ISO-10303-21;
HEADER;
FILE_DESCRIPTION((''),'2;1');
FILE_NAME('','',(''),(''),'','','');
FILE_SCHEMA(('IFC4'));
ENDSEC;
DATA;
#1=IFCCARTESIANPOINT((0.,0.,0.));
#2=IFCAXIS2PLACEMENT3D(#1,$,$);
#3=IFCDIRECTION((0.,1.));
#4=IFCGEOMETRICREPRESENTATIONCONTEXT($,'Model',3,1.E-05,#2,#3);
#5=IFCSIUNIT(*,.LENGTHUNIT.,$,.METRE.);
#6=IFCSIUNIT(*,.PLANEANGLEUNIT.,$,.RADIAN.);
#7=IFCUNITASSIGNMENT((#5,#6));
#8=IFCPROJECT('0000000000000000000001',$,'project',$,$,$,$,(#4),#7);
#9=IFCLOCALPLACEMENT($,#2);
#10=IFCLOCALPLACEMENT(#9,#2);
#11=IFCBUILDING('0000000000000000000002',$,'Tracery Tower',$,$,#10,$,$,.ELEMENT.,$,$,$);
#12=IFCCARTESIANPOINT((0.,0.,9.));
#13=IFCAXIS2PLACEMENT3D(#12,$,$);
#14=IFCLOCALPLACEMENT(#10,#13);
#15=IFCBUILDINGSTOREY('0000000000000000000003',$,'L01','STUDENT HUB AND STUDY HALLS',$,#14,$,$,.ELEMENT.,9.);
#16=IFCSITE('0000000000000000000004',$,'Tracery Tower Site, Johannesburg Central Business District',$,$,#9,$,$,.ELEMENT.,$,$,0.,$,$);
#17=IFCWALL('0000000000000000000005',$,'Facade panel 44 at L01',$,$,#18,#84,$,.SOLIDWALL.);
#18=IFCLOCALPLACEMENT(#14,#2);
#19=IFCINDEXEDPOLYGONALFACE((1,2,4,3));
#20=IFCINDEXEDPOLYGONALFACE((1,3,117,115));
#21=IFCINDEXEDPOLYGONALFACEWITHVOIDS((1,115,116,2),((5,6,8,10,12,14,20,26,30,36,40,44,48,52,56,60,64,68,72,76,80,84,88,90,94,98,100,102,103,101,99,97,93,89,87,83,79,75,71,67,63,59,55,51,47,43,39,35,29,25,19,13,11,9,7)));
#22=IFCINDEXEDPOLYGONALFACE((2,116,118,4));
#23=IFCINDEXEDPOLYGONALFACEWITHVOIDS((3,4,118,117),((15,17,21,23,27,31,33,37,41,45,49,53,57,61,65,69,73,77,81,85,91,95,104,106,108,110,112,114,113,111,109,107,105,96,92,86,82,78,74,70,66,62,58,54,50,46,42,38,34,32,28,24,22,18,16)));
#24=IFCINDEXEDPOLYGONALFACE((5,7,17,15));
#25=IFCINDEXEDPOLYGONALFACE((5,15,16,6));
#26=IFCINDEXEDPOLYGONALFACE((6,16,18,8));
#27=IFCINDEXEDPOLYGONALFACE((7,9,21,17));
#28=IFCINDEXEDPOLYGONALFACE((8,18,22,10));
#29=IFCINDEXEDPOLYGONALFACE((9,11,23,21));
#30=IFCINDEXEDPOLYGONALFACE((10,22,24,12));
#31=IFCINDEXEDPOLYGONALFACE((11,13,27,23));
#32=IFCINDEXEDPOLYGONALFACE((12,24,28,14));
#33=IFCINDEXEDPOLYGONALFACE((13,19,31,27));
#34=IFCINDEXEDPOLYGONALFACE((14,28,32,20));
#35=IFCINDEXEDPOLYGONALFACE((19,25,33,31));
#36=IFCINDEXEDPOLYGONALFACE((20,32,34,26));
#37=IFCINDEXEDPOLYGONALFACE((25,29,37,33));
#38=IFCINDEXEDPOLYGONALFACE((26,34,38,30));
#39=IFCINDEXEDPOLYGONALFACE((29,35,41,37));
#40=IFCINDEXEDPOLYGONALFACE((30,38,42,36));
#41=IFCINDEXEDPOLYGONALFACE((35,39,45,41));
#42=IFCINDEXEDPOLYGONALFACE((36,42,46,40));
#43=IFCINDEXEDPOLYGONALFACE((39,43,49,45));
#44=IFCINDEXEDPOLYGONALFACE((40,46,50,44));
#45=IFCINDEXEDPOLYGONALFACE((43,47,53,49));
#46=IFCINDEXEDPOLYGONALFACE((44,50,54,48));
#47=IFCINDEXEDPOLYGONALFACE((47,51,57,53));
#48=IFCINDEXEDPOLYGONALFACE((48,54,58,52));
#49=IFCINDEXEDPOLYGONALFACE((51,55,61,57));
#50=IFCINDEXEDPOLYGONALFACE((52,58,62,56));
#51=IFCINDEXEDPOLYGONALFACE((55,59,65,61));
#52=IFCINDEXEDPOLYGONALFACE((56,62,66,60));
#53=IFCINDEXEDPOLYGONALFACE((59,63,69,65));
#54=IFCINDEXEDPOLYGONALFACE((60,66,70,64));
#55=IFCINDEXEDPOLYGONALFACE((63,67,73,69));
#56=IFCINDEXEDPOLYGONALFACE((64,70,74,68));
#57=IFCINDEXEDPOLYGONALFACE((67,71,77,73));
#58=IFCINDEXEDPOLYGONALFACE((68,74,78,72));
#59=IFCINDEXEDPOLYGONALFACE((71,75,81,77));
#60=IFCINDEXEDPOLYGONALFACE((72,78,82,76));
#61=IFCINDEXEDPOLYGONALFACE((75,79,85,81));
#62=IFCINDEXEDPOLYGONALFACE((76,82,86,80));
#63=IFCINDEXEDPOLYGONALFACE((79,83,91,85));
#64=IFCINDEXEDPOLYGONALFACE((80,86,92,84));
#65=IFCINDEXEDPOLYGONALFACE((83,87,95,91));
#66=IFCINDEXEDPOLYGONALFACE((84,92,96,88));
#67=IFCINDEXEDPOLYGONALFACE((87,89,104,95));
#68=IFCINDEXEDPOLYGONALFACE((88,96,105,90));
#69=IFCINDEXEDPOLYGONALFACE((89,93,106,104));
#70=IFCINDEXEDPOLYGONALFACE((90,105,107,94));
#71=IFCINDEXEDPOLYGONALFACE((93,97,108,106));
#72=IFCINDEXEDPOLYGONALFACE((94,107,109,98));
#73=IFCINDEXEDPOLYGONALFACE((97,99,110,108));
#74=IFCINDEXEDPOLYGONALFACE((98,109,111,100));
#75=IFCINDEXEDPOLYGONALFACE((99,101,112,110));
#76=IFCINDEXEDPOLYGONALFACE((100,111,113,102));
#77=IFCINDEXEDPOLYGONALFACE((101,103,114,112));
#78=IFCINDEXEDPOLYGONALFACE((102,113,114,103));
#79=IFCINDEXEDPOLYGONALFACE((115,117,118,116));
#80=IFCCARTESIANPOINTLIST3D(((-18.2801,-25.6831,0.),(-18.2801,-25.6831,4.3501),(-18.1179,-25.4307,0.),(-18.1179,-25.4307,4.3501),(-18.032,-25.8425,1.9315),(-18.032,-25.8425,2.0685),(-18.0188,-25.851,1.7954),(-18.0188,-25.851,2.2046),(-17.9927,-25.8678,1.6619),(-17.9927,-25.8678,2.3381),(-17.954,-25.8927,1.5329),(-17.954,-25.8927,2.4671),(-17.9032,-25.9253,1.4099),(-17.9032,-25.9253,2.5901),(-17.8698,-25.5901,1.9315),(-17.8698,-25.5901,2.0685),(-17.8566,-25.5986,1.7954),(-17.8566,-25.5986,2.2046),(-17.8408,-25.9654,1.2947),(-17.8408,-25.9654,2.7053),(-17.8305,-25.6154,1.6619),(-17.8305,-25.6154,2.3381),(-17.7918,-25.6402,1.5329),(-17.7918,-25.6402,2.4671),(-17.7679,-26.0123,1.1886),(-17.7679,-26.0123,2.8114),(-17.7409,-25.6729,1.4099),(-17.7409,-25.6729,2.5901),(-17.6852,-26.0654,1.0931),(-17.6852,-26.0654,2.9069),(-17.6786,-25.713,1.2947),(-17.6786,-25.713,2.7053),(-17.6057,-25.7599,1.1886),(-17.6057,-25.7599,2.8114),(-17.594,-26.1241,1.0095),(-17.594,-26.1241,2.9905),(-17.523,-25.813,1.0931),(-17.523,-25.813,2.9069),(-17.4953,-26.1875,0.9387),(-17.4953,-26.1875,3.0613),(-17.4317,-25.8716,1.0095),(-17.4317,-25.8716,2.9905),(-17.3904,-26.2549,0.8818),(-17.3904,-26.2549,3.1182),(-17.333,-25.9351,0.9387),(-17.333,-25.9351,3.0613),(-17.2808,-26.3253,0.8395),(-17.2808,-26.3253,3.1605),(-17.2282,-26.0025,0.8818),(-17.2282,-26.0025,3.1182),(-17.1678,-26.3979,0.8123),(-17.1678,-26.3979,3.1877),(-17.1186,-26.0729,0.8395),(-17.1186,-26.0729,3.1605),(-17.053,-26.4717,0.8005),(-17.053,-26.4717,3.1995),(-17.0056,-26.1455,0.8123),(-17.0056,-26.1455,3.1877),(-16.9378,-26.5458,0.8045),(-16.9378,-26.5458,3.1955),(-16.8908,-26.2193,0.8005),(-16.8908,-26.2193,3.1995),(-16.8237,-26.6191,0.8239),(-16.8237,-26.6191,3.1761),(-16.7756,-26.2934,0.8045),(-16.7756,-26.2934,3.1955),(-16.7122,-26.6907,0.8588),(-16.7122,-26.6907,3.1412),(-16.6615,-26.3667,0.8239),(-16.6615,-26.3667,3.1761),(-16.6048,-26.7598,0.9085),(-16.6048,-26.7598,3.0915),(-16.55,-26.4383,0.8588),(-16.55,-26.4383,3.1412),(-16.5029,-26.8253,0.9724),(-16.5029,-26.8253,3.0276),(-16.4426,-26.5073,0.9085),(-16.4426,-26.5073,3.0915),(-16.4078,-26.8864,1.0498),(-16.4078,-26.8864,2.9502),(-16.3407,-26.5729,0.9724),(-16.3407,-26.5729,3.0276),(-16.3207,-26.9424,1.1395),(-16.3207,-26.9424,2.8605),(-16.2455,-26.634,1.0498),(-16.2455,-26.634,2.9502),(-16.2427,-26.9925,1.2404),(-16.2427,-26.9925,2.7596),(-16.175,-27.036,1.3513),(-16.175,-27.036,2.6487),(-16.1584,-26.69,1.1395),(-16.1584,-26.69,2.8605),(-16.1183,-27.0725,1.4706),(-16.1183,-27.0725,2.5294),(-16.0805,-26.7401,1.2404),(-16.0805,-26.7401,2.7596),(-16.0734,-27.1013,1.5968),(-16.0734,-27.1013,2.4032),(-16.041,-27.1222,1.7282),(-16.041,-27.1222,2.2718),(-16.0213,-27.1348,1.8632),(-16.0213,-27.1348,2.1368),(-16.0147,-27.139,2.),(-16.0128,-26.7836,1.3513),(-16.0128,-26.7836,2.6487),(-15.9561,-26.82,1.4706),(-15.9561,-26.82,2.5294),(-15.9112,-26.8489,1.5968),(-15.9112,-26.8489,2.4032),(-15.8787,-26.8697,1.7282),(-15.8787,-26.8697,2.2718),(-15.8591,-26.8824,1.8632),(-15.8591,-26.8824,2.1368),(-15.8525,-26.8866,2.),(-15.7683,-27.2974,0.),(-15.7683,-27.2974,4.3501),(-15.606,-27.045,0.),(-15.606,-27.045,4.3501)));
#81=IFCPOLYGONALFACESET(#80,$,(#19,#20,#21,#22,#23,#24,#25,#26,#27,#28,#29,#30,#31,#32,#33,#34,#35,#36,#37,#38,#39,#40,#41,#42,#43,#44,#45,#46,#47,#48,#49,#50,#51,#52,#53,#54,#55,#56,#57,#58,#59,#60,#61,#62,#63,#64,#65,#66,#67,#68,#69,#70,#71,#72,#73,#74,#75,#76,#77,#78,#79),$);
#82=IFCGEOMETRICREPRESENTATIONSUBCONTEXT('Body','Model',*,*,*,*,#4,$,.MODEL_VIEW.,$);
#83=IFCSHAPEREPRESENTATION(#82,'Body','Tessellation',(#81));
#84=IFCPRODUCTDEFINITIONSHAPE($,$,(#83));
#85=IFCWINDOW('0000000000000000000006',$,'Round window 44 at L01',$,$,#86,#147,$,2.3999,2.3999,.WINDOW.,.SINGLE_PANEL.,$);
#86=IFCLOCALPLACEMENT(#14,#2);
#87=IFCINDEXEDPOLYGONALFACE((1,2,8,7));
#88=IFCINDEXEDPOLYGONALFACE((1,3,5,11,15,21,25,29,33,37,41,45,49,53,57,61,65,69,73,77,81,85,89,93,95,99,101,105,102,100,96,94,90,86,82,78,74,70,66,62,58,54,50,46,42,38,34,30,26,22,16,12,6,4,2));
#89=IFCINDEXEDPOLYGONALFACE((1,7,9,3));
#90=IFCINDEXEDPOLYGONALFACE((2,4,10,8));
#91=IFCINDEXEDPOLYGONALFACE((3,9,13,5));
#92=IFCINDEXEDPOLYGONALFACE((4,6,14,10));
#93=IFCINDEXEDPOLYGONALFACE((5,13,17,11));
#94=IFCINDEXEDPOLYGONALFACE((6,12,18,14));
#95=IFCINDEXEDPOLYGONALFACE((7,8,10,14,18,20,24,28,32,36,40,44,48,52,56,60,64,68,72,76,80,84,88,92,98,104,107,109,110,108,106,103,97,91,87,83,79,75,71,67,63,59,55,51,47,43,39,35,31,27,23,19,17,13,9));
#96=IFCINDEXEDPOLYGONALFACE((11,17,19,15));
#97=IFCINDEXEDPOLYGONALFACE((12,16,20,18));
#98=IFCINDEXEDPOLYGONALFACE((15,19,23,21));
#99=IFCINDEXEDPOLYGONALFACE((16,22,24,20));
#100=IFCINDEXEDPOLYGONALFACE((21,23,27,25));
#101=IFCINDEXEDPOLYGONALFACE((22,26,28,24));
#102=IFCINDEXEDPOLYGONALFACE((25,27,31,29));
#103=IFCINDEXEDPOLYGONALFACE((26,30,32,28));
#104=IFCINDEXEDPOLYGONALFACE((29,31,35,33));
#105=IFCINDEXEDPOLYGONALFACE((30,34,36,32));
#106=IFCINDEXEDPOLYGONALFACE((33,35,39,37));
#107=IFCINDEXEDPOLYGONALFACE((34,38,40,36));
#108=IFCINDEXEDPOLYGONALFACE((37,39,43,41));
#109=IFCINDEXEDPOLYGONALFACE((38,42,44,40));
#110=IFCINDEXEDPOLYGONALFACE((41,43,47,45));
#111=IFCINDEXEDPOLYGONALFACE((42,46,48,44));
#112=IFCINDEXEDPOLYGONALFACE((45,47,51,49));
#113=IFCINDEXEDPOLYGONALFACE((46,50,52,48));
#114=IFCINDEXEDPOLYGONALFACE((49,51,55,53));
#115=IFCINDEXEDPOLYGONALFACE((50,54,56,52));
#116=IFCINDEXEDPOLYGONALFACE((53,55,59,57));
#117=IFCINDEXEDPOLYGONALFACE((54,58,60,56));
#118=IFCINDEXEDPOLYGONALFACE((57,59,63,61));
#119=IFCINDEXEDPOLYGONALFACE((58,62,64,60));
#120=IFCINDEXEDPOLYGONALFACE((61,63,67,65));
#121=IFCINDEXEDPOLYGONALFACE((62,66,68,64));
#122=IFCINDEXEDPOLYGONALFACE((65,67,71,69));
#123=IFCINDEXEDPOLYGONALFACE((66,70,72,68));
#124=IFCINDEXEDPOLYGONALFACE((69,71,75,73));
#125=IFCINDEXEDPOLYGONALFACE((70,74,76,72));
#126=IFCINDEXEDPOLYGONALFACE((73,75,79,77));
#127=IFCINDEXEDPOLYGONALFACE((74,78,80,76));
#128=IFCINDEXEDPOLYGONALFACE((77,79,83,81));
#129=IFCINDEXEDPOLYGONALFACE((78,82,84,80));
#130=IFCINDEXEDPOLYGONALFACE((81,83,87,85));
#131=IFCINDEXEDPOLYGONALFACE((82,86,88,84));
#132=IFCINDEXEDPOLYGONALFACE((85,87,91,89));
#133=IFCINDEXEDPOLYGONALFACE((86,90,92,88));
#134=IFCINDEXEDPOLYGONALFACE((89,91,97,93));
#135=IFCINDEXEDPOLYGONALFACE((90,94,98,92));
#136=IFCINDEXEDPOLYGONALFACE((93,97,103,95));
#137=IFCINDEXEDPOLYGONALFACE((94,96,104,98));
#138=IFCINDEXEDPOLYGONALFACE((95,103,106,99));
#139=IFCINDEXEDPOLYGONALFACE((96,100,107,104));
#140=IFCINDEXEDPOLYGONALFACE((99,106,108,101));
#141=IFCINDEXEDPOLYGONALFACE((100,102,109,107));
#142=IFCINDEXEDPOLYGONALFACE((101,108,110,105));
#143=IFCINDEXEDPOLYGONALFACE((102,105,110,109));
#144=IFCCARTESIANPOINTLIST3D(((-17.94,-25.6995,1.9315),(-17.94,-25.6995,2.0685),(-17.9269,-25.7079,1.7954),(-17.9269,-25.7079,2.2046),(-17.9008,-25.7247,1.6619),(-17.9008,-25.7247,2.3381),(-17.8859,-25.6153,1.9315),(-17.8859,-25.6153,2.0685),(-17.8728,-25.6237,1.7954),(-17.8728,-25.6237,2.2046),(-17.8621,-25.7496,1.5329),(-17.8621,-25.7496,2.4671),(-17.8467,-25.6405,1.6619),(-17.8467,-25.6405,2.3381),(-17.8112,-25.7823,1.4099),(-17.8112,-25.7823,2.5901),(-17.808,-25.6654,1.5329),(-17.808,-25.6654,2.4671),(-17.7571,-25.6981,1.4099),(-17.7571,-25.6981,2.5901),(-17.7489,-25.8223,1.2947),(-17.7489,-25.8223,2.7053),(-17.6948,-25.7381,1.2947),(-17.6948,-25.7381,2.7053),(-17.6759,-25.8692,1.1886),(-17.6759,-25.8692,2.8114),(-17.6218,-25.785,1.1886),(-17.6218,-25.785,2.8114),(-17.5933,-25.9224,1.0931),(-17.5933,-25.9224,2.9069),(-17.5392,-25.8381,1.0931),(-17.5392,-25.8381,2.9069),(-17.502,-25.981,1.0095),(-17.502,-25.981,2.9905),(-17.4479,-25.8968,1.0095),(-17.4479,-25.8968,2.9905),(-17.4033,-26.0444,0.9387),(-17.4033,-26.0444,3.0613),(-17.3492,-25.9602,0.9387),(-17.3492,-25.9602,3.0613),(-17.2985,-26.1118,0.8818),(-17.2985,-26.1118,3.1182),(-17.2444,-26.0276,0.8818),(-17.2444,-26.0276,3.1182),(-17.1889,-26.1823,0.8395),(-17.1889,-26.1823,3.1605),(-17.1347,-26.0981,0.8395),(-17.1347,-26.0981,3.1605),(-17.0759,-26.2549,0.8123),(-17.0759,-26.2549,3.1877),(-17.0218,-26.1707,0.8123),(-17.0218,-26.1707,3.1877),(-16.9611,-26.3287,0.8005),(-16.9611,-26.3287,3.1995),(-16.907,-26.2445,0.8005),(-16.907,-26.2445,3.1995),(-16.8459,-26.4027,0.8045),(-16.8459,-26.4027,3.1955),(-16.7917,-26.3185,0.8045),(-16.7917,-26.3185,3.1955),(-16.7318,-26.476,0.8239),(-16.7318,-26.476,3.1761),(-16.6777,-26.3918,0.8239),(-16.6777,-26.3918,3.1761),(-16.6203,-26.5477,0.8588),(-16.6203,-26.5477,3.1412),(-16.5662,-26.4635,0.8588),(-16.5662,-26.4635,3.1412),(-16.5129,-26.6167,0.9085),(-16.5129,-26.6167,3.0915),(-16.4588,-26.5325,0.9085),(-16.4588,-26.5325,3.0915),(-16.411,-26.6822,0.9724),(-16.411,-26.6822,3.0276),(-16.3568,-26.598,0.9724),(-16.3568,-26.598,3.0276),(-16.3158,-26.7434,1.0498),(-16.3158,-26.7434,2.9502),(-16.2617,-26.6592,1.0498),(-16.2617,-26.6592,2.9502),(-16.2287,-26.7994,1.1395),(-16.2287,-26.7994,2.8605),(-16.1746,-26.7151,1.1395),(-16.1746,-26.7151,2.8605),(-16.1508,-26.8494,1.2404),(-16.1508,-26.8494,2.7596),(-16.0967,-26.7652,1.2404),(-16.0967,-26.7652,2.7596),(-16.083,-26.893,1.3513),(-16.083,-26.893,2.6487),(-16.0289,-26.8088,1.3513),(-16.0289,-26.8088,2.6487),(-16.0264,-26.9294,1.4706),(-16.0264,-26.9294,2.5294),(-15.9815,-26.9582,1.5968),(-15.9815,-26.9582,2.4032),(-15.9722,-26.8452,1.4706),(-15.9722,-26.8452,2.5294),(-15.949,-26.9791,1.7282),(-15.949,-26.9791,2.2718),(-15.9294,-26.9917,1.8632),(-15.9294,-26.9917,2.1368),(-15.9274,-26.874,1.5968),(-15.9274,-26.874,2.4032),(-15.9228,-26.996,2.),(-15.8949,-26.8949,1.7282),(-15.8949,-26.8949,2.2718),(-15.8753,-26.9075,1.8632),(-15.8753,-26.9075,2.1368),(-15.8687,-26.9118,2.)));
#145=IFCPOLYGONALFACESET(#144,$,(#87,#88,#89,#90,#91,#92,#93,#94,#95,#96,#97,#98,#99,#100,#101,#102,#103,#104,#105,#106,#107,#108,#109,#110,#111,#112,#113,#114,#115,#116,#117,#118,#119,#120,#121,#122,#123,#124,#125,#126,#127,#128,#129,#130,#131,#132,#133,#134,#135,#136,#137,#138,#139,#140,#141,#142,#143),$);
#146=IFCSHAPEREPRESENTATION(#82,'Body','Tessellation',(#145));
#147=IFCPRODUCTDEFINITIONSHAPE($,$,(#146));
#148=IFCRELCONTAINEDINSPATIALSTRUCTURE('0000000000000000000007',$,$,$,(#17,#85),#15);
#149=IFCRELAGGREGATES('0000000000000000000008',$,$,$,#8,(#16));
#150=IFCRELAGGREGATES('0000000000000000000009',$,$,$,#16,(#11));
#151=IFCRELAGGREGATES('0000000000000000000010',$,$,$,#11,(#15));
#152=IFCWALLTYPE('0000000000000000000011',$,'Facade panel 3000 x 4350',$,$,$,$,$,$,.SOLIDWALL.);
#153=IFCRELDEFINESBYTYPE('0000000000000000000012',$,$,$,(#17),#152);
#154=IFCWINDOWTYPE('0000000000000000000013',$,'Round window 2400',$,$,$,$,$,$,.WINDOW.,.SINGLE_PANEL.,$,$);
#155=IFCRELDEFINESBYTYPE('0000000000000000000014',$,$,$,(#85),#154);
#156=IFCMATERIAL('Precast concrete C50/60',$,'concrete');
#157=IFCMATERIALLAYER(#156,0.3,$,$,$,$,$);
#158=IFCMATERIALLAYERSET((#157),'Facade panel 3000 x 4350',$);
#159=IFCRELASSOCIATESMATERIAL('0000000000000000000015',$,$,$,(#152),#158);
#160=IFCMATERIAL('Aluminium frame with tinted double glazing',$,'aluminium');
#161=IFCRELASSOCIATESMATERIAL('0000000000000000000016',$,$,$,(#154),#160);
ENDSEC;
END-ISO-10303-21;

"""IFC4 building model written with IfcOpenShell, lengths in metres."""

from ifc_helpers import new_model, si_unit, direction, frame, frame_2d, origin, origin_2d, place, context, subcontext, project, spatial, rectangle, circle, extrude, material, layer, layer_set, type_object, element, fill, save


model = new_model("IFC4")

# Units and contexts
model_context = context("Model", 3, precision=1e-05, world=origin(), true_north=direction((0.0, 1.0)))
body_context = subcontext(model_context, "Body", "Model", "MODEL_VIEW")
ifc_project = project(units=[si_unit("LENGTHUNIT", "METRE"), si_unit("PLANEANGLEUNIT", "RADIAN")], contexts=[model_context])

# Site, building, storey
site_placement = place(None, origin())
site = spatial("IfcSite", under=ifc_project, at=site_placement, Name="Tracery Tower Site, Johannesburg Central Business District", CompositionType="ELEMENT", RefElevation=0.0)
building_placement = place(site_placement, origin())
building = spatial("IfcBuilding", under=site, at=building_placement, Name="Tracery Tower", CompositionType="ELEMENT")
storey_placement = place(building_placement, frame((0.0, 0.0, 9.0)))
storey = spatial("IfcBuildingStorey", under=building, at=storey_placement, Name="L01", Description="STUDENT HUB AND STUDY HALLS", CompositionType="ELEMENT", Elevation=9.0)

# Wall, opening, window
ifc_material_1 = material(Name="Precast concrete C50/60", Category="concrete")
ifc_layer_1 = layer(ifc_material_1, 0.3)
ifc_layer_set_1 = layer_set([ifc_layer_1], Name="Facade panel 3000 x 4350")
wall_type_1 = type_object("IfcWallType", Name="Facade panel 3000 x 4350", PredefinedType="SOLIDWALL", material=ifc_layer_set_1)
ifc_material_2 = material(Name="Aluminium frame with tinted double glazing", Category="aluminium")
window_type = type_object("IfcWindowType", Name="Round window 2400", PartitioningType="SINGLE_PANEL", PredefinedType="WINDOW", material=ifc_material_2)
wall_1_placement = place(storey_placement, frame((-18.199, -25.5569, 0.0), z_axis=(0.0, 0.0, 1.0), x_axis=(0.841242, -0.540658, 0.0)))
wall_1 = element("IfcWall", 1, at=wall_1_placement, inside=storey, type_object=wall_type_1, Name="Facade panel 44 at L01", PredefinedType="SOLIDWALL", context=body_context, shape_type="SweptSolid", body=[
    extrude(rectangle(XDim=2.9858, YDim=0.3, at=frame_2d((1.4929, 0.0))), origin(), (0.0, 0.0, 1.0), 4.3501),
])
opening_1_placement = place(wall_1_placement, frame((1.4929, 0.0, 2.0)))
opening_1 = element("IfcOpeningElement", 2, at=opening_1_placement, cuts=wall_1, PredefinedType="OPENING", context=body_context, shape_type="SweptSolid", body=[
    extrude(circle(Radius=1.2, at=origin_2d()), frame((0.0, 0.1599, 0.0), z_axis=(0.0, -1.0, 0.0), x_axis=(1.0, 0.0, 0.0)), (0.0, 0.0, 1.0), 0.3201),
])
window_1_placement = place(opening_1_placement, origin())
window_1 = element("IfcWindow", 3, at=window_1_placement, inside=storey, type_object=window_type, Name="Round window 44 at L01", OverallHeight=2.3999, OverallWidth=2.3999, PartitioningType="SINGLE_PANEL", PredefinedType="WINDOW", context=body_context, shape_type="SweptSolid", body=[
    extrude(circle(Radius=1.2, at=origin_2d()), frame((0.0, 0.1201, 0.0), z_axis=(0.0, -1.0, 0.0), x_axis=(1.0, 0.0, 0.0)), (0.0, 0.0, 1.0), 0.1001),
])
fill(opening_1, window_1)

save(model, "model.ifc")
